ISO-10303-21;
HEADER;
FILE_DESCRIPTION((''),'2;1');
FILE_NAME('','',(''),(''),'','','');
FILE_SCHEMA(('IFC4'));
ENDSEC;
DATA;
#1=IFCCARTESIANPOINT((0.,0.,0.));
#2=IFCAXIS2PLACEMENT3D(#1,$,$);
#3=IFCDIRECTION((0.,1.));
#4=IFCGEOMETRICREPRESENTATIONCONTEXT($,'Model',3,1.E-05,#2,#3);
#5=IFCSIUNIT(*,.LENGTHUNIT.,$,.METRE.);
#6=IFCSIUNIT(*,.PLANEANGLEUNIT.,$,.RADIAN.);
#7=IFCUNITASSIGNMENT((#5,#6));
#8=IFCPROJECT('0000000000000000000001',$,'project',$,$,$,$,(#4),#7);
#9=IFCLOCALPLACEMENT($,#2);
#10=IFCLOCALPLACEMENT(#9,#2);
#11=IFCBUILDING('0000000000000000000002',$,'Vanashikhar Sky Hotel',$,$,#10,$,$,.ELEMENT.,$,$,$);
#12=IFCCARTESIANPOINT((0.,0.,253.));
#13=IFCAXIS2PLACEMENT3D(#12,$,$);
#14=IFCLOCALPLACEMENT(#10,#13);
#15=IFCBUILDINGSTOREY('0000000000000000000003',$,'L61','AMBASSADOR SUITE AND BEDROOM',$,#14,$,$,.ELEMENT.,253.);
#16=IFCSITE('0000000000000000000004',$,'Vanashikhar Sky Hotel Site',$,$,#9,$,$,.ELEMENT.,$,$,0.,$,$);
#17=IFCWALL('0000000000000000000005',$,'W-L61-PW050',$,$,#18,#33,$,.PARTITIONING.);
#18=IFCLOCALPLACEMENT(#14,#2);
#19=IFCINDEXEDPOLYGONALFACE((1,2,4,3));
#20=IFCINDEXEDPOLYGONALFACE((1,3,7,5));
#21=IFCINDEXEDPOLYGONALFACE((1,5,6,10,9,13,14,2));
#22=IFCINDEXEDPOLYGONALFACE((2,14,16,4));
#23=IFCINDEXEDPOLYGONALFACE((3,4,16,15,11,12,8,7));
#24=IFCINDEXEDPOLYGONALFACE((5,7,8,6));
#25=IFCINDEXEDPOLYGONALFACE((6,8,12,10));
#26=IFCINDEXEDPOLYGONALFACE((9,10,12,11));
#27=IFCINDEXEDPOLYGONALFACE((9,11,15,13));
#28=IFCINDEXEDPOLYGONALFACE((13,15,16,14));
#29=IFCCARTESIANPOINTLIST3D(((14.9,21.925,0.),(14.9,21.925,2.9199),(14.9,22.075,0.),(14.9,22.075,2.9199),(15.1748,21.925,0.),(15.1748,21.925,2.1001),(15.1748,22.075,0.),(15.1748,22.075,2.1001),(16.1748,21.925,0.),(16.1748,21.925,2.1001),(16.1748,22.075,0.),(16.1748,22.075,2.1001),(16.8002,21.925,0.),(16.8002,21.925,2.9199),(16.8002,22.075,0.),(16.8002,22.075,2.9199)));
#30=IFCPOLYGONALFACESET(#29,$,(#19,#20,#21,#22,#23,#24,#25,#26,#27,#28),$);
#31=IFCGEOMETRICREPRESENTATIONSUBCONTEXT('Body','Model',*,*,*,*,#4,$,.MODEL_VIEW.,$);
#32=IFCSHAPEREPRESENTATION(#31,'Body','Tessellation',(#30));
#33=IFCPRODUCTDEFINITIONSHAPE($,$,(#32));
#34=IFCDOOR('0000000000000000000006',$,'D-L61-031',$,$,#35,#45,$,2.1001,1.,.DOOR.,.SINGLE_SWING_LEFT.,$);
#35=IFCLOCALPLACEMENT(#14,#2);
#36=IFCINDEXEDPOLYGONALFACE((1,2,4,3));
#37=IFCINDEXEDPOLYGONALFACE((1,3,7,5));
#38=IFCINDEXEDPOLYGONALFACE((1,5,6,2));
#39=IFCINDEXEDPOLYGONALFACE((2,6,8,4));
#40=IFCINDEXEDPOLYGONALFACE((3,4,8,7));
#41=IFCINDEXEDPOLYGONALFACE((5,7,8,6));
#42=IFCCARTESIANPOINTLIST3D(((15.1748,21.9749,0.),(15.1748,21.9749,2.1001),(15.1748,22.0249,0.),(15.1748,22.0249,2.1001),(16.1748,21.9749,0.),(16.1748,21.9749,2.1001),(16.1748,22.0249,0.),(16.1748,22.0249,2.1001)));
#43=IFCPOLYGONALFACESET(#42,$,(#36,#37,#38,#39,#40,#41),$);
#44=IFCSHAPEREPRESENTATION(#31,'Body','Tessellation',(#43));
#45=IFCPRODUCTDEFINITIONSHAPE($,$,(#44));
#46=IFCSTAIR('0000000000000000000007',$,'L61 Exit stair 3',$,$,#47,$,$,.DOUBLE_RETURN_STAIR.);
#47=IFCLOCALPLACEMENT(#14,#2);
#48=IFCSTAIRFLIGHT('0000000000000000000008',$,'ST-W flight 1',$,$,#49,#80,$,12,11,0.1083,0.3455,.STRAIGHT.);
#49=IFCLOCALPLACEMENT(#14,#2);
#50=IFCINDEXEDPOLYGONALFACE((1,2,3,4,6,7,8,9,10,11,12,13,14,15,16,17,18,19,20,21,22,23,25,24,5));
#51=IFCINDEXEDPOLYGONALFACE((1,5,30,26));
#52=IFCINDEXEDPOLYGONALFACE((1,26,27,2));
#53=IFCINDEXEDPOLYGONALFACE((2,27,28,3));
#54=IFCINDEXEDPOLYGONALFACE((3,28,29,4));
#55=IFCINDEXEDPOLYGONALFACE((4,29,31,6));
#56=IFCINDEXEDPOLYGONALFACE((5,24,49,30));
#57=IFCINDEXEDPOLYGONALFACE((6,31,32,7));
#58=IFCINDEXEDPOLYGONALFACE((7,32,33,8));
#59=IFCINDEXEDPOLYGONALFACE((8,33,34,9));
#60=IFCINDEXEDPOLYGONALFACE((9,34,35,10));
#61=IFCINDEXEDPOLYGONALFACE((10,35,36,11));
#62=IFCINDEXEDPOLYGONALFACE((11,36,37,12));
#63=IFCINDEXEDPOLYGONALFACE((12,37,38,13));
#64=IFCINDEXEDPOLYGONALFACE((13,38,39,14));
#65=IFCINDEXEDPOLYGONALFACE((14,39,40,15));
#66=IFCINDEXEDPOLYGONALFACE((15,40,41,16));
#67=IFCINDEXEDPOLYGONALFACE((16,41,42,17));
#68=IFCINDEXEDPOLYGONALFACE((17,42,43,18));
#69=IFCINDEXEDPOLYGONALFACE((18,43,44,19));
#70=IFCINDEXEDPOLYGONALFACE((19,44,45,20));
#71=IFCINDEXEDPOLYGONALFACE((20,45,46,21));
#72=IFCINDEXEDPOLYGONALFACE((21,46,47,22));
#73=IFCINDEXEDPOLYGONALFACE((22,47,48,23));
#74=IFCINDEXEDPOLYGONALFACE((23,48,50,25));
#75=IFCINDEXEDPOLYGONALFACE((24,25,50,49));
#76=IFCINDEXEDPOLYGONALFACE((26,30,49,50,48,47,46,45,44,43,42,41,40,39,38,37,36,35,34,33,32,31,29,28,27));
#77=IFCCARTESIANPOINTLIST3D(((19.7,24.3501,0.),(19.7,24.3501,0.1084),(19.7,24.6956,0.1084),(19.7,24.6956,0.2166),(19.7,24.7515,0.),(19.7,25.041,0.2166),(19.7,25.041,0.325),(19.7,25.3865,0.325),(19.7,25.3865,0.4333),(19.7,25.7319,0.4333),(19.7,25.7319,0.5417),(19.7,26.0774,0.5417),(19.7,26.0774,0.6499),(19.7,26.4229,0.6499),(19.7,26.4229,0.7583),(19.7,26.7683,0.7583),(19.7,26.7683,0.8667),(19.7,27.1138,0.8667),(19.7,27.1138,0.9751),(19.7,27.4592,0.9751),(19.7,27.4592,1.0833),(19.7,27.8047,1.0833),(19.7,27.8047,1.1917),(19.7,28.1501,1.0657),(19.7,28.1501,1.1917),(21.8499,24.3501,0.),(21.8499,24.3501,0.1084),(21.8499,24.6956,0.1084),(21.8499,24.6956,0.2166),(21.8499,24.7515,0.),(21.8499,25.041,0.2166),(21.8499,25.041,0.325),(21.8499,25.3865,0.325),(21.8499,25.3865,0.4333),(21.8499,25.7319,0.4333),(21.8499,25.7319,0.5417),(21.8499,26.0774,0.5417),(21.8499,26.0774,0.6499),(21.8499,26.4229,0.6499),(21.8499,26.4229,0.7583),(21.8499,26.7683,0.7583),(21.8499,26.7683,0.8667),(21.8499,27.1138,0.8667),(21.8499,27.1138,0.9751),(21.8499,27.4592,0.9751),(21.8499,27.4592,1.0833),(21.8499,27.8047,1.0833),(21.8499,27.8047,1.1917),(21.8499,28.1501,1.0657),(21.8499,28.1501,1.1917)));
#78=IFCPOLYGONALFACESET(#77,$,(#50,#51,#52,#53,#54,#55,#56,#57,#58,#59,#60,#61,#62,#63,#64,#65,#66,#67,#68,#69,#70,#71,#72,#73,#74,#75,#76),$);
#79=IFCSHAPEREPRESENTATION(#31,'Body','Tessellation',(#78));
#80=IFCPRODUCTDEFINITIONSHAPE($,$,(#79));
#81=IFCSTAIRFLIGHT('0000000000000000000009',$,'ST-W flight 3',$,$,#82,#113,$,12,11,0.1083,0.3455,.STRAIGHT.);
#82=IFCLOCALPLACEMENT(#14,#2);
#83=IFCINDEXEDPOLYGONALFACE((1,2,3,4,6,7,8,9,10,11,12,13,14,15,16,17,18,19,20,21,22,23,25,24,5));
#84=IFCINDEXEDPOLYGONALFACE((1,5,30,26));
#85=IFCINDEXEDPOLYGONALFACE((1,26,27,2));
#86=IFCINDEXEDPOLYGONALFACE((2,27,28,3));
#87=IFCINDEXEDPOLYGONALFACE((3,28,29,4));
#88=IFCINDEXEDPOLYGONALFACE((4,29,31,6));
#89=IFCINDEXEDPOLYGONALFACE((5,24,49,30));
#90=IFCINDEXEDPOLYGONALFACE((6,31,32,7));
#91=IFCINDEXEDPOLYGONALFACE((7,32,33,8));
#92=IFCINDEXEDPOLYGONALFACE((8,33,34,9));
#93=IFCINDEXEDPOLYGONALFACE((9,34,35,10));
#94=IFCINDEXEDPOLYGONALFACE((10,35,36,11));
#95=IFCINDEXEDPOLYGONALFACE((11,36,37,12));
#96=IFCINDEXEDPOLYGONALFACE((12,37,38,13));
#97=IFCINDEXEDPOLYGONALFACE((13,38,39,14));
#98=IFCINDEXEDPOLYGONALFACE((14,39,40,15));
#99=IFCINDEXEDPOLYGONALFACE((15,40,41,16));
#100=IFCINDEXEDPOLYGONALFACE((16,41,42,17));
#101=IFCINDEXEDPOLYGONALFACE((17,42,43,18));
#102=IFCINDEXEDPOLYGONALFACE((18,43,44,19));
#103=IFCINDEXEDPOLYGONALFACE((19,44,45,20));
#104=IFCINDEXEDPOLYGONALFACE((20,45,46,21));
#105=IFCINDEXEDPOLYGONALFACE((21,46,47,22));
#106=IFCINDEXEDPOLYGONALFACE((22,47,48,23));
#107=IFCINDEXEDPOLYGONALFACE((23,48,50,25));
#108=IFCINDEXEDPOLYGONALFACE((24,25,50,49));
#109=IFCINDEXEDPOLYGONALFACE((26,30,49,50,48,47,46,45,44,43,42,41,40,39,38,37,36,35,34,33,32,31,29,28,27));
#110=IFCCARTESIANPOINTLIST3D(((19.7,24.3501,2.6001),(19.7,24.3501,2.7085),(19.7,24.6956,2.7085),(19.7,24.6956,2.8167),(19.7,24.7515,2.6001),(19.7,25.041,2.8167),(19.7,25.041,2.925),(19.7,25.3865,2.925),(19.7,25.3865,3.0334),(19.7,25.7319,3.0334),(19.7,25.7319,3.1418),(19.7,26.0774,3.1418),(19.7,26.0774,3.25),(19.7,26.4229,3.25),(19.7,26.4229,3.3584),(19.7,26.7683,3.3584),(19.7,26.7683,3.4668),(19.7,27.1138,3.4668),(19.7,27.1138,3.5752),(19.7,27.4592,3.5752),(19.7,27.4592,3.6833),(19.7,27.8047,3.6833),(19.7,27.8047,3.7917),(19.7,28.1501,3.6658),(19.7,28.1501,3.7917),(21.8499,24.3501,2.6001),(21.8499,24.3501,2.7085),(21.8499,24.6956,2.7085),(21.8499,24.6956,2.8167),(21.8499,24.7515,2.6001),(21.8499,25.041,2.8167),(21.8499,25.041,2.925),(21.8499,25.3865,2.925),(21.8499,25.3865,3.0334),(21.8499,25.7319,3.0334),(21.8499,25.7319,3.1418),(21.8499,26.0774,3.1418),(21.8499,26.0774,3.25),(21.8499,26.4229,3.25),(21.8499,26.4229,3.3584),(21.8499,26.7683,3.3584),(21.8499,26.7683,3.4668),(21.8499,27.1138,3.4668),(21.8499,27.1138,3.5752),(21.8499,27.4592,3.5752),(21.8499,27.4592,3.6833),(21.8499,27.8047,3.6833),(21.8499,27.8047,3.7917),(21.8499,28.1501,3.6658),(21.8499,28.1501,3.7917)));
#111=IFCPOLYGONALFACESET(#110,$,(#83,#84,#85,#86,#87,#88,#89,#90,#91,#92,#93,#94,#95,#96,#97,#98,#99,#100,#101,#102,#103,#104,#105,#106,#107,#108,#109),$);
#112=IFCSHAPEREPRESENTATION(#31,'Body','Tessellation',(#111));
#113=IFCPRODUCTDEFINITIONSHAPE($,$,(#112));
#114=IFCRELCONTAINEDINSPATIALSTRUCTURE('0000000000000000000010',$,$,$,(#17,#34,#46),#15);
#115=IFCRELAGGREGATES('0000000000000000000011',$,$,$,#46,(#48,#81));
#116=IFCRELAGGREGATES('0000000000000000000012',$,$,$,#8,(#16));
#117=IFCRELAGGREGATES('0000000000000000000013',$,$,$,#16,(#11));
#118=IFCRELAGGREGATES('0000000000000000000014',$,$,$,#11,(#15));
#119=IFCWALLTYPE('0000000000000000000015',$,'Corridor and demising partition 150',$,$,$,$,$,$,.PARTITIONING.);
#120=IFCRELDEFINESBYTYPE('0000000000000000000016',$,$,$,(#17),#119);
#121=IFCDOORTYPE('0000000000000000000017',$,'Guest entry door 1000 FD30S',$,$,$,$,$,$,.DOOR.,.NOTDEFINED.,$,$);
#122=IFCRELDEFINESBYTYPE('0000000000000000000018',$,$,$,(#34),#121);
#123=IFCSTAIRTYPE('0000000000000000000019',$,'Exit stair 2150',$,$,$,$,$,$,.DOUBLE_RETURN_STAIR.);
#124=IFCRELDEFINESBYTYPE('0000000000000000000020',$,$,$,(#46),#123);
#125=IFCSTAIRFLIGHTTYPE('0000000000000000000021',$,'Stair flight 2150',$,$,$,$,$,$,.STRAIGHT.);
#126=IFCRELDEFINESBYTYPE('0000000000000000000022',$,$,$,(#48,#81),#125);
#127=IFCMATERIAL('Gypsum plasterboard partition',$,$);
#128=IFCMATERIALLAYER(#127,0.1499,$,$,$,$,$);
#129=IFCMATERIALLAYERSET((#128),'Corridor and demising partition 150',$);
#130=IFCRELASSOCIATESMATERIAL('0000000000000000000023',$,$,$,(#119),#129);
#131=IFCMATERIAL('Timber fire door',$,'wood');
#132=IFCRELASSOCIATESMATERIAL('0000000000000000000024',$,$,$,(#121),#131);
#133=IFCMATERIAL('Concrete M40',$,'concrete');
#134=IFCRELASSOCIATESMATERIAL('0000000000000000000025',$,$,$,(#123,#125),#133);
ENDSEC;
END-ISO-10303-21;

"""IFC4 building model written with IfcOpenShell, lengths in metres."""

from ifc_helpers import new_model, si_unit, direction, frame, frame_2d, origin, place, context, subcontext, project, spatial, polyline, rectangle, outline, extrude, source, transform, mapped, material, layer, layer_set, type_object, element, fill, aggregate, save


model = new_model("IFC4")

# Units and contexts
model_context = context("Model", 3, precision=1e-05, world=origin(), true_north=direction((0.0, 1.0)))
body_context = subcontext(model_context, "Body", "Model", "MODEL_VIEW")
ifc_project = project(units=[si_unit("LENGTHUNIT", "METRE"), si_unit("PLANEANGLEUNIT", "RADIAN")], contexts=[model_context])

# Site, building, storey
site_placement = place(None, origin())
site = spatial("IfcSite", under=ifc_project, at=site_placement, Name="Vanashikhar Sky Hotel Site", CompositionType="ELEMENT", RefElevation=0.0)
building_placement = place(site_placement, origin())
building = spatial("IfcBuilding", under=site, at=building_placement, Name="Vanashikhar Sky Hotel", CompositionType="ELEMENT")
storey_placement = place(building_placement, frame((0.0, 0.0, 253.0)))
storey = spatial("IfcBuildingStorey", under=building, at=storey_placement, Name="L61", Description="AMBASSADOR SUITE AND BEDROOM", CompositionType="ELEMENT", Elevation=253.0)

# Wall, opening, door
ifc_material_1 = material(Name="Gypsum plasterboard partition")
ifc_layer_1 = layer(ifc_material_1, 0.1499)
ifc_layer_set_1 = layer_set([ifc_layer_1], Name="Corridor and demising partition 150")
wall_type_1 = type_object("IfcWallType", Name="Corridor and demising partition 150", PredefinedType="PARTITIONING", material=ifc_layer_set_1)
shared_shape_1 = source(origin(), body_context, "Body", "SweptSolid", [
    extrude(rectangle(XDim=1.0, YDim=2.1001, at=frame_2d((0.5, 1.05))), frame((0.0, 0.085, 0.0), z_axis=(0.0, -1.0, 0.0), x_axis=(1.0, 0.0, 0.0)), (0.0, 0.0, 1.0), 0.1699),
])
ifc_material_2 = material(Name="Timber fire door", Category="wood")
door_type_1 = type_object("IfcDoorType", Name="Guest entry door 1000 FD30S", OperationType="NOTDEFINED", PredefinedType="DOOR", material=ifc_material_2)
shared_shape_2 = source(origin(), body_context, "Body", "SweptSolid", [
    extrude(rectangle(XDim=1.0, YDim=2.1001, at=frame_2d((0.5, 1.05))), frame((0.0, 0.0249, 0.0), z_axis=(0.0, -1.0, 0.0), x_axis=(1.0, 0.0, 0.0)), (0.0, 0.0, 1.0), 0.05),
])
shared_shape_3 = source(origin(), body_context, "Body", "SweptSolid", [
    extrude(rectangle(XDim=1.9001, YDim=0.1499, at=frame_2d((0.9502, 0.0))), origin(), (0.0, 0.0, 1.0), 2.9199),
])
wall_1_placement = place(storey_placement, frame((14.8999, 22.0, 0.0), z_axis=(0.0, 0.0, 1.0), x_axis=(1.0, 0.0, 0.0)))
wall_1 = element("IfcWall", 1, at=wall_1_placement, inside=storey, type_object=wall_type_1, Name="W-L61-PW050", PredefinedType="PARTITIONING", context=body_context, shape_type="MappedRepresentation", body=[
    mapped(shared_shape_3, transform((0.0, 0.0, 0.0), scale=1.0)),
])
opening_1_placement = place(wall_1_placement, frame((0.2749, 0.0, 0.0)))
opening_1 = element("IfcOpeningElement", 2, at=opening_1_placement, cuts=wall_1, PredefinedType="OPENING", context=body_context, shape_type="MappedRepresentation", body=[
    mapped(shared_shape_1, transform((0.0, 0.0, 0.0), scale=1.0)),
])
door_1_placement = place(opening_1_placement, origin())
door_1 = element("IfcDoor", 3, at=door_1_placement, inside=storey, type_object=door_type_1, Name="D-L61-031", OperationType="SINGLE_SWING_LEFT", OverallHeight=2.1001, OverallWidth=1.0, PredefinedType="DOOR", context=body_context, shape_type="MappedRepresentation", body=[
    mapped(shared_shape_2, transform((0.0, 0.0, 0.0), scale=1.0)),
])
fill(opening_1, door_1)

# Stair, stair flights
ifc_material_3 = material(Name="Concrete M40", Category="concrete")
stair_type = type_object("IfcStairType", Name="Exit stair 2150", PredefinedType="DOUBLE_RETURN_STAIR", material=ifc_material_3)
stair_placement = place(storey_placement, origin())
stair = element("IfcStair", 4, at=stair_placement, inside=storey, type_object=stair_type, Name="L61 Exit stair 3", PredefinedType="DOUBLE_RETURN_STAIR")
stair_flight_type = type_object("IfcStairFlightType", Name="Stair flight 2150", PredefinedType="STRAIGHT", material=ifc_material_3)
shared_shape_4 = source(origin(), body_context, "Body", "SweptSolid", [
    extrude(outline(polyline([(0.0, 0.0), (0.0, 0.1084), (0.3455, 0.1084), (0.3455, 0.2166), (0.6909, 0.2166), (0.6909, 0.325), (1.0364, 0.325), (1.0364, 0.4333), (1.3818, 0.4333), (1.3818, 0.5417), (1.7273, 0.5417), (1.7273, 0.6499), (2.0728, 0.6499), (2.0728, 0.7583), (2.4182, 0.7583), (2.4182, 0.8667), (2.7637, 0.8667), (2.7637, 0.9751), (3.1091, 0.9751), (3.1091, 1.0833), (3.4546, 1.0833), (3.4546, 1.1917), (3.8, 1.1917), (3.8, 1.3), (3.8, 1.0657), (0.4014, 0.0), (0.0, 0.0)])), frame((0.0, 1.075, 0.0), z_axis=(0.0, -1.0, 0.0), x_axis=(1.0, 0.0, 0.0)), (0.0, 0.0, 1.0), 2.1499),
])
stair_flight_1_placement = place(storey_placement, frame((20.7749, 24.3501, 0.0), z_axis=(0.0, 0.0, 1.0), x_axis=(0.0, 1.0, 0.0)))
stair_flight_1 = element("IfcStairFlight", 5, at=stair_flight_1_placement, type_object=stair_flight_type, Name="ST-W flight 1", NumberOfRisers=12, NumberOfTreads=11, PredefinedType="STRAIGHT", RiserHeight=0.1083, TreadLength=0.3455, context=body_context, shape_type="MappedRepresentation", body=[
    mapped(shared_shape_4, transform((0.0, 0.0, 0.0), scale=1.0)),
])
stair_flight_2_placement = place(storey_placement, frame((20.7749, 24.3501, 2.6001), z_axis=(0.0, 0.0, 1.0), x_axis=(0.0, 1.0, 0.0)))
stair_flight_2 = element("IfcStairFlight", 6, at=stair_flight_2_placement, type_object=stair_flight_type, Name="ST-W flight 3", NumberOfRisers=12, NumberOfTreads=11, PredefinedType="STRAIGHT", RiserHeight=0.1083, TreadLength=0.3455, context=body_context, shape_type="MappedRepresentation", body=[
    mapped(shared_shape_4, transform((0.0, 0.0, 0.0), scale=1.0)),
])
aggregate(stair, [stair_flight_1, stair_flight_2])

save(model, "model.ifc")
